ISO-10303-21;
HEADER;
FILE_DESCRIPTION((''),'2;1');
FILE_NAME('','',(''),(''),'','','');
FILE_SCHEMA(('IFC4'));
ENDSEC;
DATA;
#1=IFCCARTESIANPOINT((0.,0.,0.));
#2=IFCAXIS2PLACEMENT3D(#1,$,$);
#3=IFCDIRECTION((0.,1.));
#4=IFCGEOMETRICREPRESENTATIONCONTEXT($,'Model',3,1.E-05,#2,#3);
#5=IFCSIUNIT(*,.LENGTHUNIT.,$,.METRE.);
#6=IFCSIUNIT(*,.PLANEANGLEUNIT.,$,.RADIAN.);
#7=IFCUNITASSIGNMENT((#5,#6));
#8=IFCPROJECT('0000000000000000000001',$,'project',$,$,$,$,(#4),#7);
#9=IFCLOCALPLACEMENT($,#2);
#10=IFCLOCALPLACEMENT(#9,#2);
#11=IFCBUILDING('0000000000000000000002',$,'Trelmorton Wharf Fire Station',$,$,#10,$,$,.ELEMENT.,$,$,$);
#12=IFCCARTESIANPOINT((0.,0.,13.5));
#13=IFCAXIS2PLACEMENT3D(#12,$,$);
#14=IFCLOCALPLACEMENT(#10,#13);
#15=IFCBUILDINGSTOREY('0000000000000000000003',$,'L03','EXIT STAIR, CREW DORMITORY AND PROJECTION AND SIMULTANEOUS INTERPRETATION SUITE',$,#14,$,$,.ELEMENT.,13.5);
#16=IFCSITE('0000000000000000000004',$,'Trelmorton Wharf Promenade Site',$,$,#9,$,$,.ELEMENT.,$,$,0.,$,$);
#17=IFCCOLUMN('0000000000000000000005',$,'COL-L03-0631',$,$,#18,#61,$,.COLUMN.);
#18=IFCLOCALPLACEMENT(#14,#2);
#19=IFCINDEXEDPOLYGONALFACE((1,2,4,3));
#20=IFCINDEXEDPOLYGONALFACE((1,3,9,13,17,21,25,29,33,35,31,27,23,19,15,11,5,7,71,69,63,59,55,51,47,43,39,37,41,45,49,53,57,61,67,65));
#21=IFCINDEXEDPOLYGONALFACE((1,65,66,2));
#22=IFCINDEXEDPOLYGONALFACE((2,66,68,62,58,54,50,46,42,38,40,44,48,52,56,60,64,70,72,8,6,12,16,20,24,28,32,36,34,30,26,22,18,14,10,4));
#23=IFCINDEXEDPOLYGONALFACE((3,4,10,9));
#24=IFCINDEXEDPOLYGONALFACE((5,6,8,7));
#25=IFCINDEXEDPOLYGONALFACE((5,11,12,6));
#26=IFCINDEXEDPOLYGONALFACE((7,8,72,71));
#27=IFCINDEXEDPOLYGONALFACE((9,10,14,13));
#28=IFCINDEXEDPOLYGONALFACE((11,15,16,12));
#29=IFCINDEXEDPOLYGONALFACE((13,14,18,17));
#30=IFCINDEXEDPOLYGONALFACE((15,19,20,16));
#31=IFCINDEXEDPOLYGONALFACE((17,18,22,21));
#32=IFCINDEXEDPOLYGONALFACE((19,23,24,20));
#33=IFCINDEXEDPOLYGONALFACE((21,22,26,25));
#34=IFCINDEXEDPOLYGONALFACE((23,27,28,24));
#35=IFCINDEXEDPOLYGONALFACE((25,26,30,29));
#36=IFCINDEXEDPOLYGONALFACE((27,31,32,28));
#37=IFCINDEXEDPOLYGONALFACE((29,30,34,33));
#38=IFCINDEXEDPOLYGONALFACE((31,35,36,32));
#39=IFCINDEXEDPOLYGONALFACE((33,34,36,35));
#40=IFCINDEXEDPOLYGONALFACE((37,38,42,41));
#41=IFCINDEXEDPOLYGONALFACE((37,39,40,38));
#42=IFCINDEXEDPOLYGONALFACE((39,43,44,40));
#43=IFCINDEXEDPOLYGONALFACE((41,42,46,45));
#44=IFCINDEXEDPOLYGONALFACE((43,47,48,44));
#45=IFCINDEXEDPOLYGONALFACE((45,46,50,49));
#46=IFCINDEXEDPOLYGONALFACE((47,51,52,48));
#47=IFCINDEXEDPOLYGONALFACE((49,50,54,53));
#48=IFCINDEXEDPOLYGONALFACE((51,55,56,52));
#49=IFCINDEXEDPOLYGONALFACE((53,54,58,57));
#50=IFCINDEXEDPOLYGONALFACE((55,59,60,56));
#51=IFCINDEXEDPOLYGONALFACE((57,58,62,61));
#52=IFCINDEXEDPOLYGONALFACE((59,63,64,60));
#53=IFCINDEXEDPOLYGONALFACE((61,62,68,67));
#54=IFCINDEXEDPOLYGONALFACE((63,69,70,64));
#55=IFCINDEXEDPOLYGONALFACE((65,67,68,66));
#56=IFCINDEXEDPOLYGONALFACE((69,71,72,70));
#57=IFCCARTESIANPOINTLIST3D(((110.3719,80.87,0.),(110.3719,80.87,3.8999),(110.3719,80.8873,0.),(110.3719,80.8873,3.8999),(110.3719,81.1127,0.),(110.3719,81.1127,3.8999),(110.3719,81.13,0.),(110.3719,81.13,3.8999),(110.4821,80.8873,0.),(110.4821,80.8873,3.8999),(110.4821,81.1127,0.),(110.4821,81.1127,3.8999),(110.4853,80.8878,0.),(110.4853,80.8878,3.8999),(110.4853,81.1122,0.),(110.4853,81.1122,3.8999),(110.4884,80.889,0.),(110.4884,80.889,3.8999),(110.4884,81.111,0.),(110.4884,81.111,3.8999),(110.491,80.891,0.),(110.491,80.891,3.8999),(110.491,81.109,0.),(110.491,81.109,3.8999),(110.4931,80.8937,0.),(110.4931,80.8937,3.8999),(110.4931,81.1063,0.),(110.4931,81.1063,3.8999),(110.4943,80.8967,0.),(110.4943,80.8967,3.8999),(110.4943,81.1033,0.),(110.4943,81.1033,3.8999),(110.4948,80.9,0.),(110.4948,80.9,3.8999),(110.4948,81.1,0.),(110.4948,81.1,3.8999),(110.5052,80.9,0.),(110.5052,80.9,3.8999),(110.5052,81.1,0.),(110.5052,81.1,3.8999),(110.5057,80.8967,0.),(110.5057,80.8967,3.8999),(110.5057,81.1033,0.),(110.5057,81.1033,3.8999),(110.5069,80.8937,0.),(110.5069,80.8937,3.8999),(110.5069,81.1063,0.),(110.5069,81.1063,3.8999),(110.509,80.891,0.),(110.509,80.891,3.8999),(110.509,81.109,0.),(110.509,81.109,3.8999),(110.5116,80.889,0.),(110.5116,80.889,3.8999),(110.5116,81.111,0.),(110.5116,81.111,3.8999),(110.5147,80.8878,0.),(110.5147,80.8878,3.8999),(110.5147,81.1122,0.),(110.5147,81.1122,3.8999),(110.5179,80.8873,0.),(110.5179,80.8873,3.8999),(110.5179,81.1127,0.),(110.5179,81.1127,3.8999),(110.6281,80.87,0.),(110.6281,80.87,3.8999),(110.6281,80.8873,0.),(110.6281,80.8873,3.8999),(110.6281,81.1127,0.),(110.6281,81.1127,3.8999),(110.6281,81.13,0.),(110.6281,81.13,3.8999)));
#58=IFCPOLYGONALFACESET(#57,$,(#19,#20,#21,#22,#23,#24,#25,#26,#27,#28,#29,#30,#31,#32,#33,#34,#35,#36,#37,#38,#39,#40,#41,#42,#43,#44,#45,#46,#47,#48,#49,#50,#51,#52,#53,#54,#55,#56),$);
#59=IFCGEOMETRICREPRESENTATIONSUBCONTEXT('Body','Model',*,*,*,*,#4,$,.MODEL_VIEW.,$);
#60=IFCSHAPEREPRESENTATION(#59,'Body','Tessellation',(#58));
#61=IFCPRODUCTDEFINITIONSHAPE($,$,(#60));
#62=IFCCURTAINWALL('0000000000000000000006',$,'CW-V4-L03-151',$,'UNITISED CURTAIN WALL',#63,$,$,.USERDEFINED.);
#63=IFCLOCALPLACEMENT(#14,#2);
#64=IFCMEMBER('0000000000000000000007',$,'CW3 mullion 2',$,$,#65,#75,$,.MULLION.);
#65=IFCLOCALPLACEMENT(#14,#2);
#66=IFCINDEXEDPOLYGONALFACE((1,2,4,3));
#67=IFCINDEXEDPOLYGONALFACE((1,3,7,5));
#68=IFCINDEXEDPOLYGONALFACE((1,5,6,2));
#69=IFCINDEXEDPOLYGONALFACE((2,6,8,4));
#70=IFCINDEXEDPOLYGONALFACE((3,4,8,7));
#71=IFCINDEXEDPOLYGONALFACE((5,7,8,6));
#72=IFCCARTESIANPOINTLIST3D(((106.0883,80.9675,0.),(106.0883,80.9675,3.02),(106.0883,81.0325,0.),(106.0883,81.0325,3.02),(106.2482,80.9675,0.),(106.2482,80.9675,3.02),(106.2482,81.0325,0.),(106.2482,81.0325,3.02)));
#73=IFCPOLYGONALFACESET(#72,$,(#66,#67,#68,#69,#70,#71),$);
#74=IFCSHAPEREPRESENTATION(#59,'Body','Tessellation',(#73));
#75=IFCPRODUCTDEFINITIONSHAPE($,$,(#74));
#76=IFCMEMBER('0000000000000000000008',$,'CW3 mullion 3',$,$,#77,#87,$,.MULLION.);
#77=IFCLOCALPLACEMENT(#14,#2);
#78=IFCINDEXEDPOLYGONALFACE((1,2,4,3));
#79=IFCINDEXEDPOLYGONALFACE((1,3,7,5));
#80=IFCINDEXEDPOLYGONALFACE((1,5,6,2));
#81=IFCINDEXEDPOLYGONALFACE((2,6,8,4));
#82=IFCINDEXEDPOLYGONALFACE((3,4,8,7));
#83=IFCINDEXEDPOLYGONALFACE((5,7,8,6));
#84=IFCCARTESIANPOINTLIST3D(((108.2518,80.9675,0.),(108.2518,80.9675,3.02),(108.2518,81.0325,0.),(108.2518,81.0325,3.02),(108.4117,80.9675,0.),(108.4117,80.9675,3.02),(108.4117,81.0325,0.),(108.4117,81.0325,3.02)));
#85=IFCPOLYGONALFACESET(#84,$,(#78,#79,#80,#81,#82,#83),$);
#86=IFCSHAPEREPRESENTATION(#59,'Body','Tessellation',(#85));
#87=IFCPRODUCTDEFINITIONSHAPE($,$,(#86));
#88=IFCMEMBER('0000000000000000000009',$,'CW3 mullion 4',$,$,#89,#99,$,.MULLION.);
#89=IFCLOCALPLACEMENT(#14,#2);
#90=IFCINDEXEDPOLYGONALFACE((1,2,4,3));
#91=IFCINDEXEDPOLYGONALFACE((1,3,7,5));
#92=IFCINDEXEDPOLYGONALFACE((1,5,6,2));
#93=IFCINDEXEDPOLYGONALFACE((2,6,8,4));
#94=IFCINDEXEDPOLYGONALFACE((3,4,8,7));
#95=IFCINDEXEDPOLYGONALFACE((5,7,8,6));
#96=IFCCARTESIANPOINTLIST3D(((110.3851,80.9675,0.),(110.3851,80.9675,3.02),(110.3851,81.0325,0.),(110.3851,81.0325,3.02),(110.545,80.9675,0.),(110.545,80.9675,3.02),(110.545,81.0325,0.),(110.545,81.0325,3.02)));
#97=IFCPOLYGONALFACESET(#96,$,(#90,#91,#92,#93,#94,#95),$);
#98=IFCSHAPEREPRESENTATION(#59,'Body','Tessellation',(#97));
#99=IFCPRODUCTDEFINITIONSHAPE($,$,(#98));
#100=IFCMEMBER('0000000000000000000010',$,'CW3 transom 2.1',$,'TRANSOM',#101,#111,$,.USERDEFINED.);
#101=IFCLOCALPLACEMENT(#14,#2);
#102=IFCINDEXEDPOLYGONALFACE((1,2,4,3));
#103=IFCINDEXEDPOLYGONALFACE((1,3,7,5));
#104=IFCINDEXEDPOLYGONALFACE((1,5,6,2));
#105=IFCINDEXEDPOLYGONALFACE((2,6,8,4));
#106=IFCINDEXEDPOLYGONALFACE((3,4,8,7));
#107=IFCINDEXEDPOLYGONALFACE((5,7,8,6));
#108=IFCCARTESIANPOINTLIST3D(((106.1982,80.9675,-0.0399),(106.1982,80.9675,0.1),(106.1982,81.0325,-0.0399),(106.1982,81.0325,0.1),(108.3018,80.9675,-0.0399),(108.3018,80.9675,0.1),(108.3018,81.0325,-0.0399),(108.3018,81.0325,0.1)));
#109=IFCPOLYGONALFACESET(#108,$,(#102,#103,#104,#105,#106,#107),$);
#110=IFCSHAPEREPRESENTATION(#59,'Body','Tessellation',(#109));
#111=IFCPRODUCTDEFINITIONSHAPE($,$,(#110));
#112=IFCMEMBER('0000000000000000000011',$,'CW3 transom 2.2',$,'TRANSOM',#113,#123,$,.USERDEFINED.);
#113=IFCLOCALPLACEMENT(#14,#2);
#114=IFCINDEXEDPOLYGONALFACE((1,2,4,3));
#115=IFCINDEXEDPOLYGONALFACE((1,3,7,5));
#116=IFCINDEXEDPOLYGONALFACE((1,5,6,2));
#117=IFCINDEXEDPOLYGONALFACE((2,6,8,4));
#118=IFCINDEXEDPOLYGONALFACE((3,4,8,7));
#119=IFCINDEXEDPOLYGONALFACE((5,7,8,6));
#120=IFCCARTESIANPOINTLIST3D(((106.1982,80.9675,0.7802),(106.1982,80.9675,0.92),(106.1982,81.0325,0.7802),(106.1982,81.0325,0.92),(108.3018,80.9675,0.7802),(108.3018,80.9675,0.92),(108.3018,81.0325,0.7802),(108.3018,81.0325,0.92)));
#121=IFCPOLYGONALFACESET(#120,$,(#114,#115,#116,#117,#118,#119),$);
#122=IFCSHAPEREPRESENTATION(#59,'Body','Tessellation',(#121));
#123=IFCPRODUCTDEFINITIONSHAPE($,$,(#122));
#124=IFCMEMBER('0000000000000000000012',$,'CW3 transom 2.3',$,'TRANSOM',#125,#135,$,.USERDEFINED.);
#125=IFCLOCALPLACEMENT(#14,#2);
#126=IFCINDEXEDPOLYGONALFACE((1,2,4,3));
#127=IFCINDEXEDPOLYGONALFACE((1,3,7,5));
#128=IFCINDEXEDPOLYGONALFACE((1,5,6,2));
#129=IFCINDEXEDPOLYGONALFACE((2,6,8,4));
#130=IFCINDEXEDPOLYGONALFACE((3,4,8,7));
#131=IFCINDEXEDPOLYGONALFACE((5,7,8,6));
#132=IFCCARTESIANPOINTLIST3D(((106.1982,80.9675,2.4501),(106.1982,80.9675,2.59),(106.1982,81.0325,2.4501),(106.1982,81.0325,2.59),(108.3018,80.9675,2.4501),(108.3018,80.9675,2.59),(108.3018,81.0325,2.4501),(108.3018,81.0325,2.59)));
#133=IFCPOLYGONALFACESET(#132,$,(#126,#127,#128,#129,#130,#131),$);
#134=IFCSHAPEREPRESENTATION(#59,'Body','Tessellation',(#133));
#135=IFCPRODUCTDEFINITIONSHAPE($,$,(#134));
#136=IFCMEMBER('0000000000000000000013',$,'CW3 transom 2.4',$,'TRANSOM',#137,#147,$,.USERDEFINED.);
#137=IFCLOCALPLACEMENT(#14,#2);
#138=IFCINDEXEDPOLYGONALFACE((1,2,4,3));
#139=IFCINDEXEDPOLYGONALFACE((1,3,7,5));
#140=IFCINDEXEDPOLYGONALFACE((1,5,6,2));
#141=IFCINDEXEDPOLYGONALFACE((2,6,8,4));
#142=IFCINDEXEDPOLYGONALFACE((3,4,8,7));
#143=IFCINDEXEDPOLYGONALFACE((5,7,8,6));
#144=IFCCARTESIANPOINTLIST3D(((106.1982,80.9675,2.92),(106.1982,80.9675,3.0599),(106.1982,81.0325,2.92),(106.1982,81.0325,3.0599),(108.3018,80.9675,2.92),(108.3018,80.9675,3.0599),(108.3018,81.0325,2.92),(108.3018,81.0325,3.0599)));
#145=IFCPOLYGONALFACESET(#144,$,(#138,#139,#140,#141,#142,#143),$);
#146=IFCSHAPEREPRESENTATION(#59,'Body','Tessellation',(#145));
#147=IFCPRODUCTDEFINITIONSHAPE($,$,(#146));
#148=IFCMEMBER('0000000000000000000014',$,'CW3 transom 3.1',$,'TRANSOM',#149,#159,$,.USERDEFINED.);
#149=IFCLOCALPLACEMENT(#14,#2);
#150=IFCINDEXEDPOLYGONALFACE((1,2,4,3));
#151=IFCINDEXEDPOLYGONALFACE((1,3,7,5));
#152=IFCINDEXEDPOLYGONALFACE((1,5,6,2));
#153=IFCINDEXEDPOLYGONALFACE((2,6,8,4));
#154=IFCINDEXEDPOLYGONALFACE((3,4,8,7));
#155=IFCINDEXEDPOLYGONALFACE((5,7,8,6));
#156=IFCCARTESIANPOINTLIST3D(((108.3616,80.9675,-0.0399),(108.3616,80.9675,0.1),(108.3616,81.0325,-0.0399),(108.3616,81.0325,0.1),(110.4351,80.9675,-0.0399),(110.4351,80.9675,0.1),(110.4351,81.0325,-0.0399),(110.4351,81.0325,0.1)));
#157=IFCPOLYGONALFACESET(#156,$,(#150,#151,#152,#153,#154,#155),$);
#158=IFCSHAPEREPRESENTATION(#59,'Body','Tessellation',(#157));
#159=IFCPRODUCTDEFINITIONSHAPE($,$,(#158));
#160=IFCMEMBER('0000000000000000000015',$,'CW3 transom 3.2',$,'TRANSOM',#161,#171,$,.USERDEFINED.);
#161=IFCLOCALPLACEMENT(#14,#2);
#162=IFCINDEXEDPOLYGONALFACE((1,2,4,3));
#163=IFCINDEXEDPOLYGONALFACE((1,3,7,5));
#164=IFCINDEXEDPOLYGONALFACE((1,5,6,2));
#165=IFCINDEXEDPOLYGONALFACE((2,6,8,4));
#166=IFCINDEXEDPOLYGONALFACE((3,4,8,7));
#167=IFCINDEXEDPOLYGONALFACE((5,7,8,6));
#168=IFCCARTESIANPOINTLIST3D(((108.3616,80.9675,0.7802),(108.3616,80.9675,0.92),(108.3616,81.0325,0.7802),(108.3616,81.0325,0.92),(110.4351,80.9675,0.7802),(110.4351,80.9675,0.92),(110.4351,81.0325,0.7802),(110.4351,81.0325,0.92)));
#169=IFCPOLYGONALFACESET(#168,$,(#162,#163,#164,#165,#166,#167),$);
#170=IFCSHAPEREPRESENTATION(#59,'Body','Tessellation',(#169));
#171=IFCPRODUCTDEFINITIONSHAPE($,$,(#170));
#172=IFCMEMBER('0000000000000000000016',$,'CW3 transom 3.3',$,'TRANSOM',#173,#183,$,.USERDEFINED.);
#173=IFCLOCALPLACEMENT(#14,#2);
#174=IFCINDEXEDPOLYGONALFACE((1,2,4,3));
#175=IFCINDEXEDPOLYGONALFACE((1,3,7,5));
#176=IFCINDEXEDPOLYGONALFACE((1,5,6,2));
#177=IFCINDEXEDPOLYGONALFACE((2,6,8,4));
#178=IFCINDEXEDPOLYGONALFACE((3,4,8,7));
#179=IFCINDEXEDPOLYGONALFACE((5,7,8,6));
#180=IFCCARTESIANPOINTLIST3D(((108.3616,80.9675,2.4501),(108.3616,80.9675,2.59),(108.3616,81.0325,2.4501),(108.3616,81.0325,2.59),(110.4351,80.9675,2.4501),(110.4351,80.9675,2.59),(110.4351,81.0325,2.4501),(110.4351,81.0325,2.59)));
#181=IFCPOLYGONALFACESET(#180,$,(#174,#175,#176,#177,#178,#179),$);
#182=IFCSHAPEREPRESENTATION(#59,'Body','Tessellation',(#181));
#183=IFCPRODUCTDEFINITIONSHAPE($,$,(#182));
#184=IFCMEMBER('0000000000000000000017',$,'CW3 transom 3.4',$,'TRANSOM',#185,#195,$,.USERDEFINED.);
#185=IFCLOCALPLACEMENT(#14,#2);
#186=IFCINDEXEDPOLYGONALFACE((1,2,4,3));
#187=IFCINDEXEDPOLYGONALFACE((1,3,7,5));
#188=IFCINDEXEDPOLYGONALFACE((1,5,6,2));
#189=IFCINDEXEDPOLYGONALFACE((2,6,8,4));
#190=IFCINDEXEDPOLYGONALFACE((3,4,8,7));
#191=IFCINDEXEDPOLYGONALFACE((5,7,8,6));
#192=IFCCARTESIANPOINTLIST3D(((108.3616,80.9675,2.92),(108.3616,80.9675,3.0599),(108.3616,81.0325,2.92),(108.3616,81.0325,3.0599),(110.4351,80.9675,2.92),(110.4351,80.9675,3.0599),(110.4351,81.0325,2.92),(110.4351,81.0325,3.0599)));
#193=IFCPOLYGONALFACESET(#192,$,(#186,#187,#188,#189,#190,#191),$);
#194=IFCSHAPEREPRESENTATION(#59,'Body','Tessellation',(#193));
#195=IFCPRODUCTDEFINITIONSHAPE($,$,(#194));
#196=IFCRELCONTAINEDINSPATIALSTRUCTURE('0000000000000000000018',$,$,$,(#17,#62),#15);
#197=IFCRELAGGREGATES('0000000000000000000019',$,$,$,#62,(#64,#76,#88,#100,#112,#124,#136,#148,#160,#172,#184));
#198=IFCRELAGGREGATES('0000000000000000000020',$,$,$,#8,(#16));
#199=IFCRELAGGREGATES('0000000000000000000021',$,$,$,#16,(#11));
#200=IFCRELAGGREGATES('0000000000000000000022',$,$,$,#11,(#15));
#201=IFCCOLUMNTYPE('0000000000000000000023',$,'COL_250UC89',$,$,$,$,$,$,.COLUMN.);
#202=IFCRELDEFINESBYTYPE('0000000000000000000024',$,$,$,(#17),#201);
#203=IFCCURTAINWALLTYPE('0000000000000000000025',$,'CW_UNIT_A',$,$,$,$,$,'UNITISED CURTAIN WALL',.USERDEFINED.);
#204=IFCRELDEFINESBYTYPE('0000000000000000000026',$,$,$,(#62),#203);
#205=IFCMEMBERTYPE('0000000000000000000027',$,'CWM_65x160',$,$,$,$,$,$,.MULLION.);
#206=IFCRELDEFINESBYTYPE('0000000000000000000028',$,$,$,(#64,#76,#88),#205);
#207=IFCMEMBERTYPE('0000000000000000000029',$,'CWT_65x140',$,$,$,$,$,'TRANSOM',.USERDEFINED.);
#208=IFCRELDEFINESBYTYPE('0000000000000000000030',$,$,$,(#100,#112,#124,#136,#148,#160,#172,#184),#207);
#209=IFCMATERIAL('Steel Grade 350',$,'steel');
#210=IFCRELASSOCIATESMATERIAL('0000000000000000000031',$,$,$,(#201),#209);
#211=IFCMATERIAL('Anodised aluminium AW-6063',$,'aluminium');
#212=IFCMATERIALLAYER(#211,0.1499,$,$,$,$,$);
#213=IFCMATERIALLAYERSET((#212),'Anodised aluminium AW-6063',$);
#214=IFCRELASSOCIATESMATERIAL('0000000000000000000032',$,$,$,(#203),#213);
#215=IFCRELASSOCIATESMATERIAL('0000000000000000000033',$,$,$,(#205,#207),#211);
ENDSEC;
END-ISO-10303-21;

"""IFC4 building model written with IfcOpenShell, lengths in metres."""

from ifc_helpers import new_model, si_unit, direction, frame, origin, origin_2d, place, context, subcontext, project, spatial, rectangle, i_section, extrude, material, layer, layer_set, material_profile, profile_set, type_object, element, aggregate, save


model = new_model("IFC4")

# Units and contexts
model_context = context("Model", 3, precision=1e-05, world=origin(), true_north=direction((0.0, 1.0)))
body_context = subcontext(model_context, "Body", "Model", "MODEL_VIEW")
ifc_project = project(units=[si_unit("LENGTHUNIT", "METRE"), si_unit("PLANEANGLEUNIT", "RADIAN")], contexts=[model_context])

# Site, building, storey
site_placement = place(None, origin())
site = spatial("IfcSite", under=ifc_project, at=site_placement, Name="Trelmorton Wharf Promenade Site", CompositionType="ELEMENT", RefElevation=0.0)
building_placement = place(site_placement, origin())
building = spatial("IfcBuilding", under=site, at=building_placement, Name="Trelmorton Wharf Fire Station", CompositionType="ELEMENT")
storey_placement = place(building_placement, frame((0.0, 0.0, 13.5)))
storey = spatial("IfcBuildingStorey", under=building, at=storey_placement, Name="L03", Description="EXIT STAIR, CREW DORMITORY AND PROJECTION AND SIMULTANEOUS INTERPRETATION SUITE", CompositionType="ELEMENT", Elevation=13.5)

# Column
ifc_material_1 = material(Name="Steel Grade 350", Category="steel")
ifc_material_profile_1 = material_profile(ifc_material_1, i_section(OverallWidth=0.2561, OverallDepth=0.26, WebThickness=0.0105, FlangeThickness=0.0173, FilletRadius=0.0127, at=origin_2d()), Name="250UC89.5")
ifc_profile_set_1 = profile_set([ifc_material_profile_1], Name="Steel Grade 350")
column_type = type_object("IfcColumnType", Name="COL_250UC89", PredefinedType="COLUMN", material=ifc_profile_set_1)
column_placement = place(storey_placement, frame((110.5, 81.0, 0.0), z_axis=(0.0, 0.0, 1.0), x_axis=(1.0, 0.0, 0.0)))
element("IfcColumn", 1, at=column_placement, inside=storey, type_object=column_type, Name="COL-L03-0631", PredefinedType="COLUMN", context=body_context, shape_type="SweptSolid", body=[
    extrude(i_section(OverallWidth=0.2561, OverallDepth=0.26, WebThickness=0.0105, FlangeThickness=0.0173, FilletRadius=0.0127, at=origin_2d()), origin(), (0.0, 0.0, 1.0), 3.8999),
])

# Curtain wall, members
ifc_material_2 = material(Name="Anodised aluminium AW-6063", Category="aluminium")
ifc_layer_1 = layer(ifc_material_2, 0.1499)
ifc_layer_set_1 = layer_set([ifc_layer_1], Name="Anodised aluminium AW-6063")
curtain_wall_type = type_object("IfcCurtainWallType", Name="CW_UNIT_A", ElementType="UNITISED CURTAIN WALL", PredefinedType="USERDEFINED", material=ifc_layer_set_1)
curtain_wall_placement = place(storey_placement, origin())
curtain_wall = element("IfcCurtainWall", 2, at=curtain_wall_placement, inside=storey, type_object=curtain_wall_type, Name="CW-V4-L03-151", ObjectType="UNITISED CURTAIN WALL", PredefinedType="USERDEFINED")
ifc_material_profile_2 = material_profile(ifc_material_2, rectangle(XDim=0.0649, YDim=0.1599, at=origin_2d()), Name="ALU-65x160")
ifc_profile_set_2 = profile_set([ifc_material_profile_2], Name="Anodised aluminium AW-6063")
member_type_1 = type_object("IfcMemberType", Name="CWM_65x160", PredefinedType="MULLION", material=ifc_profile_set_2)
member_1_placement = place(storey_placement, frame((106.1682, 81.0, 0.0), z_axis=(0.0, 0.0, 1.0), x_axis=(0.0, 1.0, 0.0)))
member_1 = element("IfcMember", 3, at=member_1_placement, type_object=member_type_1, Name="CW3 mullion 2", PredefinedType="MULLION", context=body_context, shape_type="SweptSolid", body=[
    extrude(rectangle(XDim=0.0649, YDim=0.1599, at=origin_2d()), origin(), (0.0, 0.0, 1.0), 3.02),
])
member_2_placement = place(storey_placement, frame((108.3318, 81.0, 0.0), z_axis=(0.0, 0.0, 1.0), x_axis=(0.0, 1.0, 0.0)))
member_2 = element("IfcMember", 4, at=member_2_placement, type_object=member_type_1, Name="CW3 mullion 3", PredefinedType="MULLION", context=body_context, shape_type="SweptSolid", body=[
    extrude(rectangle(XDim=0.0649, YDim=0.1599, at=origin_2d()), origin(), (0.0, 0.0, 1.0), 3.02),
])
member_3_placement = place(storey_placement, frame((110.4651, 81.0, 0.0), z_axis=(0.0, 0.0, 1.0), x_axis=(0.0, 1.0, 0.0)))
member_3 = element("IfcMember", 5, at=member_3_placement, type_object=member_type_1, Name="CW3 mullion 4", PredefinedType="MULLION", context=body_context, shape_type="SweptSolid", body=[
    extrude(rectangle(XDim=0.0649, YDim=0.1599, at=origin_2d()), origin(), (0.0, 0.0, 1.0), 3.02),
])
ifc_material_profile_3 = material_profile(ifc_material_2, rectangle(XDim=0.0649, YDim=0.1399, at=origin_2d()), Name="ALU-65x140")
ifc_profile_set_3 = profile_set([ifc_material_profile_3], Name="Anodised aluminium AW-6063")
member_type_2 = type_object("IfcMemberType", Name="CWT_65x140", ElementType="TRANSOM", PredefinedType="USERDEFINED", material=ifc_profile_set_3)
member_4_placement = place(storey_placement, frame((106.1982, 81.0, 0.03), z_axis=(1.0, 0.0, 0.0), x_axis=(0.0, 1.0, 0.0)))
member_4 = element("IfcMember", 6, at=member_4_placement, type_object=member_type_2, Name="CW3 transom 2.1", ObjectType="TRANSOM", PredefinedType="USERDEFINED", context=body_context, shape_type="SweptSolid", body=[
    extrude(rectangle(XDim=0.0649, YDim=0.1399, at=origin_2d()), origin(), (0.0, 0.0, 1.0), 2.1035),
])
member_5_placement = place(storey_placement, frame((106.1982, 81.0, 0.8501), z_axis=(1.0, 0.0, 0.0), x_axis=(0.0, 1.0, 0.0)))
member_5 = element("IfcMember", 7, at=member_5_placement, type_object=member_type_2, Name="CW3 transom 2.2", ObjectType="TRANSOM", PredefinedType="USERDEFINED", context=body_context, shape_type="SweptSolid", body=[
    extrude(rectangle(XDim=0.0649, YDim=0.1399, at=origin_2d()), origin(), (0.0, 0.0, 1.0), 2.1035),
])
member_6_placement = place(storey_placement, frame((106.1982, 81.0, 2.52), z_axis=(1.0, 0.0, 0.0), x_axis=(0.0, 1.0, 0.0)))
member_6 = element("IfcMember", 8, at=member_6_placement, type_object=member_type_2, Name="CW3 transom 2.3", ObjectType="TRANSOM", PredefinedType="USERDEFINED", context=body_context, shape_type="SweptSolid", body=[
    extrude(rectangle(XDim=0.0649, YDim=0.1399, at=origin_2d()), origin(), (0.0, 0.0, 1.0), 2.1035),
])
member_7_placement = place(storey_placement, frame((106.1982, 81.0, 2.99), z_axis=(1.0, 0.0, 0.0), x_axis=(0.0, 1.0, 0.0)))
member_7 = element("IfcMember", 9, at=member_7_placement, type_object=member_type_2, Name="CW3 transom 2.4", ObjectType="TRANSOM", PredefinedType="USERDEFINED", context=body_context, shape_type="SweptSolid", body=[
    extrude(rectangle(XDim=0.0649, YDim=0.1399, at=origin_2d()), origin(), (0.0, 0.0, 1.0), 2.1035),
])
member_8_placement = place(storey_placement, frame((108.3616, 81.0, 0.03), z_axis=(1.0, 0.0, 0.0), x_axis=(0.0, 1.0, 0.0)))
member_8 = element("IfcMember", 10, at=member_8_placement, type_object=member_type_2, Name="CW3 transom 3.1", ObjectType="TRANSOM", PredefinedType="USERDEFINED", context=body_context, shape_type="SweptSolid", body=[
    extrude(rectangle(XDim=0.0649, YDim=0.1399, at=origin_2d()), origin(), (0.0, 0.0, 1.0), 2.0735),
])
member_9_placement = place(storey_placement, frame((108.3616, 81.0, 0.8501), z_axis=(1.0, 0.0, 0.0), x_axis=(0.0, 1.0, 0.0)))
member_9 = element("IfcMember", 11, at=member_9_placement, type_object=member_type_2, Name="CW3 transom 3.2", ObjectType="TRANSOM", PredefinedType="USERDEFINED", context=body_context, shape_type="SweptSolid", body=[
    extrude(rectangle(XDim=0.0649, YDim=0.1399, at=origin_2d()), origin(), (0.0, 0.0, 1.0), 2.0735),
])
member_10_placement = place(storey_placement, frame((108.3616, 81.0, 2.52), z_axis=(1.0, 0.0, 0.0), x_axis=(0.0, 1.0, 0.0)))
member_10 = element("IfcMember", 12, at=member_10_placement, type_object=member_type_2, Name="CW3 transom 3.3", ObjectType="TRANSOM", PredefinedType="USERDEFINED", context=body_context, shape_type="SweptSolid", body=[
    extrude(rectangle(XDim=0.0649, YDim=0.1399, at=origin_2d()), origin(), (0.0, 0.0, 1.0), 2.0735),
])
member_11_placement = place(storey_placement, frame((108.3616, 81.0, 2.99), z_axis=(1.0, 0.0, 0.0), x_axis=(0.0, 1.0, 0.0)))
member_11 = element("IfcMember", 13, at=member_11_placement, type_object=member_type_2, Name="CW3 transom 3.4", ObjectType="TRANSOM", PredefinedType="USERDEFINED", context=body_context, shape_type="SweptSolid", body=[
    extrude(rectangle(XDim=0.0649, YDim=0.1399, at=origin_2d()), origin(), (0.0, 0.0, 1.0), 2.0735),
])

aggregate(curtain_wall, [member_1, member_2, member_3, member_4, member_5, member_6, member_7, member_8, member_9, member_10, member_11])

save(model, "model.ifc")
